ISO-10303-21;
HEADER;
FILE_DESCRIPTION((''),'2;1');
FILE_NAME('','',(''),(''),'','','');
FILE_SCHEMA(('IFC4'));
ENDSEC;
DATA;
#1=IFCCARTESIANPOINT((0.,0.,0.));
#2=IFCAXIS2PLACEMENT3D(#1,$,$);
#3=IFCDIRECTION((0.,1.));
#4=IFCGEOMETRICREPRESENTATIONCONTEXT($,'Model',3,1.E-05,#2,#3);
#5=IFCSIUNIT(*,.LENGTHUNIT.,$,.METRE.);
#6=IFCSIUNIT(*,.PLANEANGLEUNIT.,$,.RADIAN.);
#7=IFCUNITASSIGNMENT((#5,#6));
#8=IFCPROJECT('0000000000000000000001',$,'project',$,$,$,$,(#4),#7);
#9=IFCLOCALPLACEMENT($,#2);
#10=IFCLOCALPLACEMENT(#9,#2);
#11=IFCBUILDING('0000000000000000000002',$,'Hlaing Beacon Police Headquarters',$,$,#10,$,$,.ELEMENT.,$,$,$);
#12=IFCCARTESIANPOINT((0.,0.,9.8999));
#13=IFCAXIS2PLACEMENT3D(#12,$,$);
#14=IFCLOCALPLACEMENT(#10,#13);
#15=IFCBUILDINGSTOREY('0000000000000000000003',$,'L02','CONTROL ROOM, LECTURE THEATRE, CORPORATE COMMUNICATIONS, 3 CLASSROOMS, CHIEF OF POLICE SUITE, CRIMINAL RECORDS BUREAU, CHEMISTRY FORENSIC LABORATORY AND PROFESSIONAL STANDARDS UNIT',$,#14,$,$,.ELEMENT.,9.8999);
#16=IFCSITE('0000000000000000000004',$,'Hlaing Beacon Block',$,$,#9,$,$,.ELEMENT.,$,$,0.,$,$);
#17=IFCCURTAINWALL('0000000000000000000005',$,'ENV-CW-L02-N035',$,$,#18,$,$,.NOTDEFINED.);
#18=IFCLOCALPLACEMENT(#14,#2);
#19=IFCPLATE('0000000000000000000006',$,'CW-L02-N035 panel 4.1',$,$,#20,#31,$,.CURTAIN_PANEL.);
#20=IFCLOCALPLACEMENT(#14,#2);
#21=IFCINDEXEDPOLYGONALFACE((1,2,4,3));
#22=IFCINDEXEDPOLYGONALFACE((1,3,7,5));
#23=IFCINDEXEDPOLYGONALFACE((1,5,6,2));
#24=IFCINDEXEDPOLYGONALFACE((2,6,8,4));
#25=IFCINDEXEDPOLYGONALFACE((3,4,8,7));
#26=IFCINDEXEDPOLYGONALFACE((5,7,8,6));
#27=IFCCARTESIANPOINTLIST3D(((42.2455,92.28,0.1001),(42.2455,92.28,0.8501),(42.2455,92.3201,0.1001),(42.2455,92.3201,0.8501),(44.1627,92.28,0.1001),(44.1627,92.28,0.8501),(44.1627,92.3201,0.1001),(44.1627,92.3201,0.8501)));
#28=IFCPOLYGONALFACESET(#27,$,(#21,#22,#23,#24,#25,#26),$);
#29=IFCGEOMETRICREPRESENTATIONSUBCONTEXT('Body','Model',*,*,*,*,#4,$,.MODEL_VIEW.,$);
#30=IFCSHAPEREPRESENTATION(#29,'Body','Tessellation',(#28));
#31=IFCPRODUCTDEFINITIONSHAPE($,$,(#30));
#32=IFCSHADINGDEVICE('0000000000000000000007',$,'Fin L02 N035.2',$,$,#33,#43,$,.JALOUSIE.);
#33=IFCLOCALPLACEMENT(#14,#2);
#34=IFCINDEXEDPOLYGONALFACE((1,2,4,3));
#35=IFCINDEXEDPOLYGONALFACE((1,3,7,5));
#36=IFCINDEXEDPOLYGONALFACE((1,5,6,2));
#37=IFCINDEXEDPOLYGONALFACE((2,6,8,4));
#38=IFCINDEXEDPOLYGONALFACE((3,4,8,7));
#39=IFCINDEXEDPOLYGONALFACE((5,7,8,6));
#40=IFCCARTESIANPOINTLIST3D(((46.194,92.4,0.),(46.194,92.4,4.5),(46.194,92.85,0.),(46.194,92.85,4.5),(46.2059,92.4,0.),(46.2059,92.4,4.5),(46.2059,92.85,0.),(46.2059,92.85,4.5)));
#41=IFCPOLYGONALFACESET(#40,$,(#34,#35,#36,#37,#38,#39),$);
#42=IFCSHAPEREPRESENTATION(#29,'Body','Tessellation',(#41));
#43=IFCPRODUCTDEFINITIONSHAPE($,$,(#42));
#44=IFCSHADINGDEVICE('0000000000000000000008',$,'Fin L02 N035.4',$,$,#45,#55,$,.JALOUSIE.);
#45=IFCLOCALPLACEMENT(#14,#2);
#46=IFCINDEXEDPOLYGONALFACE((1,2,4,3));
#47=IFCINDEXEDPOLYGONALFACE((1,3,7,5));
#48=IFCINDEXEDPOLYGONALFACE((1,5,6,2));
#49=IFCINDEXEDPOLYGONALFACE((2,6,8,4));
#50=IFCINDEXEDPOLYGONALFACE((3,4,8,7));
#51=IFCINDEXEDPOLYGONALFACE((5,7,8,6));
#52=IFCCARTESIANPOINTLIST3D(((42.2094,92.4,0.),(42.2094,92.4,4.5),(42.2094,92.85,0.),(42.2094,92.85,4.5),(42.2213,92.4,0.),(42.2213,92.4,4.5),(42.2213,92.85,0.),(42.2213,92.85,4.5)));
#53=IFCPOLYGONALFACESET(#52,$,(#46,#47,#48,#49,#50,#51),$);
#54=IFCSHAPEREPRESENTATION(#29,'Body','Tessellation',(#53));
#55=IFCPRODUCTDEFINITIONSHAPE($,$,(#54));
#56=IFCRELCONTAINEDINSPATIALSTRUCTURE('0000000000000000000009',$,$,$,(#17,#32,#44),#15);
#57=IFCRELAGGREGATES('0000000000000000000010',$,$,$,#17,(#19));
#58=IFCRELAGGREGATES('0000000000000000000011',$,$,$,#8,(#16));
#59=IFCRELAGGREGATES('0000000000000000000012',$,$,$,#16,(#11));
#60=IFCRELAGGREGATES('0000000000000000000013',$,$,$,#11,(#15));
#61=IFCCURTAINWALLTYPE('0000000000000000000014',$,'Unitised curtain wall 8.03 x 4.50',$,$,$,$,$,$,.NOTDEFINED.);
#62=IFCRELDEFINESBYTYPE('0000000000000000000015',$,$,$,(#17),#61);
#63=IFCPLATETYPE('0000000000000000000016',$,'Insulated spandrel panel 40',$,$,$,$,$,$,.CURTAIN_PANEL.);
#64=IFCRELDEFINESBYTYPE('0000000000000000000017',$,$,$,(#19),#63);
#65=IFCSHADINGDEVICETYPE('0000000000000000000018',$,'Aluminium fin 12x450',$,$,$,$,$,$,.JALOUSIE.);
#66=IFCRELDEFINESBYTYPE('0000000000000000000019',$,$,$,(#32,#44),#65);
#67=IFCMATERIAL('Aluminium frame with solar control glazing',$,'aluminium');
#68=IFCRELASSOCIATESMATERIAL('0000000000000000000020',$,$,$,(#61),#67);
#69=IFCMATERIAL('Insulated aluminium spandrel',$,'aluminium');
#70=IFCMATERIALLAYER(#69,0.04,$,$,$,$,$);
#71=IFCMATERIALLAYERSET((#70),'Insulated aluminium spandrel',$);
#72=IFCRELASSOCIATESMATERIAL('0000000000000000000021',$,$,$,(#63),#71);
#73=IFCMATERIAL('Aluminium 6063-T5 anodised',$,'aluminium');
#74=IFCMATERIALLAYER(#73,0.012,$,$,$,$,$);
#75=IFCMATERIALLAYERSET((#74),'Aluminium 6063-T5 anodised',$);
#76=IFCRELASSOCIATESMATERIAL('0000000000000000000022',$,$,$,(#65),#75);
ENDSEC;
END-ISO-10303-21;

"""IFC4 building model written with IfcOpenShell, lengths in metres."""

from ifc_helpers import new_model, si_unit, direction, frame, origin, origin_2d, place, context, subcontext, project, spatial, rectangle, extrude, material, layer, layer_set, type_object, element, aggregate, save


model = new_model("IFC4")

# Units and contexts
model_context = context("Model", 3, precision=1e-05, world=origin(), true_north=direction((0.0, 1.0)))
body_context = subcontext(model_context, "Body", "Model", "MODEL_VIEW")
ifc_project = project(units=[si_unit("LENGTHUNIT", "METRE"), si_unit("PLANEANGLEUNIT", "RADIAN")], contexts=[model_context])

# Site, building, storey
site_placement = place(None, origin())
site = spatial("IfcSite", under=ifc_project, at=site_placement, Name="Hlaing Beacon Block", CompositionType="ELEMENT", RefElevation=0.0)
building_placement = place(site_placement, origin())
building = spatial("IfcBuilding", under=site, at=building_placement, Name="Hlaing Beacon Police Headquarters", CompositionType="ELEMENT")
storey_placement = place(building_placement, frame((0.0, 0.0, 9.8999)))
storey = spatial("IfcBuildingStorey", under=building, at=storey_placement, Name="L02", Description="CONTROL ROOM, LECTURE THEATRE, CORPORATE COMMUNICATIONS, 3 CLASSROOMS, CHIEF OF POLICE SUITE, CRIMINAL RECORDS BUREAU, CHEMISTRY FORENSIC LABORATORY AND PROFESSIONAL STANDARDS UNIT", CompositionType="ELEMENT", Elevation=9.8999)

# Curtain wall, plate
ifc_material_1 = material(Name="Aluminium frame with solar control glazing", Category="aluminium")
curtain_wall_type = type_object("IfcCurtainWallType", Name="Unitised curtain wall 8.03 x 4.50", PredefinedType="NOTDEFINED", material=ifc_material_1)
curtain_wall_placement = place(storey_placement, origin())
curtain_wall = element("IfcCurtainWall", 1, at=curtain_wall_placement, inside=storey, type_object=curtain_wall_type, Name="ENV-CW-L02-N035", PredefinedType="NOTDEFINED")
ifc_material_2 = material(Name="Insulated aluminium spandrel", Category="aluminium")
ifc_layer_1 = layer(ifc_material_2, 0.04)
ifc_layer_set_1 = layer_set([ifc_layer_1], Name="Insulated aluminium spandrel")
plate_type_1 = type_object("IfcPlateType", Name="Insulated spandrel panel 40", PredefinedType="CURTAIN_PANEL", material=ifc_layer_set_1)
plate_1_placement = place(storey_placement, frame((43.2041, 92.3, 0.1001), z_axis=(0.0, 0.0, 1.0), x_axis=(-1.0, 0.0, 0.0)))
plate_1 = element("IfcPlate", 2, at=plate_1_placement, type_object=plate_type_1, Name="CW-L02-N035 panel 4.1", PredefinedType="CURTAIN_PANEL", context=body_context, shape_type="SweptSolid", body=[
    extrude(rectangle(XDim=1.9172, YDim=0.04, at=origin_2d()), origin(), (0.0, 0.0, 1.0), 0.75),
])
aggregate(curtain_wall, [plate_1])

# Shading devices
ifc_material_3 = material(Name="Aluminium 6063-T5 anodised", Category="aluminium")
ifc_layer_2 = layer(ifc_material_3, 0.012)
ifc_layer_set_2 = layer_set([ifc_layer_2], Name="Aluminium 6063-T5 anodised")
shading_device_type = type_object("IfcShadingDeviceType", Name="Aluminium fin 12x450", PredefinedType="JALOUSIE", material=ifc_layer_set_2)
for number, where, z_axis, x_axis, name in (
    (3, (46.2, 92.625, 0.0), (0.0, 0.0, 1.0), (-1.0, 0.0, 0.0), "Fin L02 N035.2"),
    (4, (42.2153, 92.625, 0.0), (0.0, 0.0, 1.0), (-1.0, 0.0, 0.0), "Fin L02 N035.4"),
):
    element("IfcShadingDevice", number, at=place(storey_placement, frame(where, z_axis=z_axis, x_axis=x_axis)), inside=storey, type_object=shading_device_type, Name=name, PredefinedType="JALOUSIE", context=body_context, shape_type="SweptSolid", body=[
        extrude(rectangle(XDim=0.012, YDim=0.45, at=origin_2d()), origin(), (0.0, 0.0, 1.0), 4.5),
    ])

save(model, "model.ifc")
